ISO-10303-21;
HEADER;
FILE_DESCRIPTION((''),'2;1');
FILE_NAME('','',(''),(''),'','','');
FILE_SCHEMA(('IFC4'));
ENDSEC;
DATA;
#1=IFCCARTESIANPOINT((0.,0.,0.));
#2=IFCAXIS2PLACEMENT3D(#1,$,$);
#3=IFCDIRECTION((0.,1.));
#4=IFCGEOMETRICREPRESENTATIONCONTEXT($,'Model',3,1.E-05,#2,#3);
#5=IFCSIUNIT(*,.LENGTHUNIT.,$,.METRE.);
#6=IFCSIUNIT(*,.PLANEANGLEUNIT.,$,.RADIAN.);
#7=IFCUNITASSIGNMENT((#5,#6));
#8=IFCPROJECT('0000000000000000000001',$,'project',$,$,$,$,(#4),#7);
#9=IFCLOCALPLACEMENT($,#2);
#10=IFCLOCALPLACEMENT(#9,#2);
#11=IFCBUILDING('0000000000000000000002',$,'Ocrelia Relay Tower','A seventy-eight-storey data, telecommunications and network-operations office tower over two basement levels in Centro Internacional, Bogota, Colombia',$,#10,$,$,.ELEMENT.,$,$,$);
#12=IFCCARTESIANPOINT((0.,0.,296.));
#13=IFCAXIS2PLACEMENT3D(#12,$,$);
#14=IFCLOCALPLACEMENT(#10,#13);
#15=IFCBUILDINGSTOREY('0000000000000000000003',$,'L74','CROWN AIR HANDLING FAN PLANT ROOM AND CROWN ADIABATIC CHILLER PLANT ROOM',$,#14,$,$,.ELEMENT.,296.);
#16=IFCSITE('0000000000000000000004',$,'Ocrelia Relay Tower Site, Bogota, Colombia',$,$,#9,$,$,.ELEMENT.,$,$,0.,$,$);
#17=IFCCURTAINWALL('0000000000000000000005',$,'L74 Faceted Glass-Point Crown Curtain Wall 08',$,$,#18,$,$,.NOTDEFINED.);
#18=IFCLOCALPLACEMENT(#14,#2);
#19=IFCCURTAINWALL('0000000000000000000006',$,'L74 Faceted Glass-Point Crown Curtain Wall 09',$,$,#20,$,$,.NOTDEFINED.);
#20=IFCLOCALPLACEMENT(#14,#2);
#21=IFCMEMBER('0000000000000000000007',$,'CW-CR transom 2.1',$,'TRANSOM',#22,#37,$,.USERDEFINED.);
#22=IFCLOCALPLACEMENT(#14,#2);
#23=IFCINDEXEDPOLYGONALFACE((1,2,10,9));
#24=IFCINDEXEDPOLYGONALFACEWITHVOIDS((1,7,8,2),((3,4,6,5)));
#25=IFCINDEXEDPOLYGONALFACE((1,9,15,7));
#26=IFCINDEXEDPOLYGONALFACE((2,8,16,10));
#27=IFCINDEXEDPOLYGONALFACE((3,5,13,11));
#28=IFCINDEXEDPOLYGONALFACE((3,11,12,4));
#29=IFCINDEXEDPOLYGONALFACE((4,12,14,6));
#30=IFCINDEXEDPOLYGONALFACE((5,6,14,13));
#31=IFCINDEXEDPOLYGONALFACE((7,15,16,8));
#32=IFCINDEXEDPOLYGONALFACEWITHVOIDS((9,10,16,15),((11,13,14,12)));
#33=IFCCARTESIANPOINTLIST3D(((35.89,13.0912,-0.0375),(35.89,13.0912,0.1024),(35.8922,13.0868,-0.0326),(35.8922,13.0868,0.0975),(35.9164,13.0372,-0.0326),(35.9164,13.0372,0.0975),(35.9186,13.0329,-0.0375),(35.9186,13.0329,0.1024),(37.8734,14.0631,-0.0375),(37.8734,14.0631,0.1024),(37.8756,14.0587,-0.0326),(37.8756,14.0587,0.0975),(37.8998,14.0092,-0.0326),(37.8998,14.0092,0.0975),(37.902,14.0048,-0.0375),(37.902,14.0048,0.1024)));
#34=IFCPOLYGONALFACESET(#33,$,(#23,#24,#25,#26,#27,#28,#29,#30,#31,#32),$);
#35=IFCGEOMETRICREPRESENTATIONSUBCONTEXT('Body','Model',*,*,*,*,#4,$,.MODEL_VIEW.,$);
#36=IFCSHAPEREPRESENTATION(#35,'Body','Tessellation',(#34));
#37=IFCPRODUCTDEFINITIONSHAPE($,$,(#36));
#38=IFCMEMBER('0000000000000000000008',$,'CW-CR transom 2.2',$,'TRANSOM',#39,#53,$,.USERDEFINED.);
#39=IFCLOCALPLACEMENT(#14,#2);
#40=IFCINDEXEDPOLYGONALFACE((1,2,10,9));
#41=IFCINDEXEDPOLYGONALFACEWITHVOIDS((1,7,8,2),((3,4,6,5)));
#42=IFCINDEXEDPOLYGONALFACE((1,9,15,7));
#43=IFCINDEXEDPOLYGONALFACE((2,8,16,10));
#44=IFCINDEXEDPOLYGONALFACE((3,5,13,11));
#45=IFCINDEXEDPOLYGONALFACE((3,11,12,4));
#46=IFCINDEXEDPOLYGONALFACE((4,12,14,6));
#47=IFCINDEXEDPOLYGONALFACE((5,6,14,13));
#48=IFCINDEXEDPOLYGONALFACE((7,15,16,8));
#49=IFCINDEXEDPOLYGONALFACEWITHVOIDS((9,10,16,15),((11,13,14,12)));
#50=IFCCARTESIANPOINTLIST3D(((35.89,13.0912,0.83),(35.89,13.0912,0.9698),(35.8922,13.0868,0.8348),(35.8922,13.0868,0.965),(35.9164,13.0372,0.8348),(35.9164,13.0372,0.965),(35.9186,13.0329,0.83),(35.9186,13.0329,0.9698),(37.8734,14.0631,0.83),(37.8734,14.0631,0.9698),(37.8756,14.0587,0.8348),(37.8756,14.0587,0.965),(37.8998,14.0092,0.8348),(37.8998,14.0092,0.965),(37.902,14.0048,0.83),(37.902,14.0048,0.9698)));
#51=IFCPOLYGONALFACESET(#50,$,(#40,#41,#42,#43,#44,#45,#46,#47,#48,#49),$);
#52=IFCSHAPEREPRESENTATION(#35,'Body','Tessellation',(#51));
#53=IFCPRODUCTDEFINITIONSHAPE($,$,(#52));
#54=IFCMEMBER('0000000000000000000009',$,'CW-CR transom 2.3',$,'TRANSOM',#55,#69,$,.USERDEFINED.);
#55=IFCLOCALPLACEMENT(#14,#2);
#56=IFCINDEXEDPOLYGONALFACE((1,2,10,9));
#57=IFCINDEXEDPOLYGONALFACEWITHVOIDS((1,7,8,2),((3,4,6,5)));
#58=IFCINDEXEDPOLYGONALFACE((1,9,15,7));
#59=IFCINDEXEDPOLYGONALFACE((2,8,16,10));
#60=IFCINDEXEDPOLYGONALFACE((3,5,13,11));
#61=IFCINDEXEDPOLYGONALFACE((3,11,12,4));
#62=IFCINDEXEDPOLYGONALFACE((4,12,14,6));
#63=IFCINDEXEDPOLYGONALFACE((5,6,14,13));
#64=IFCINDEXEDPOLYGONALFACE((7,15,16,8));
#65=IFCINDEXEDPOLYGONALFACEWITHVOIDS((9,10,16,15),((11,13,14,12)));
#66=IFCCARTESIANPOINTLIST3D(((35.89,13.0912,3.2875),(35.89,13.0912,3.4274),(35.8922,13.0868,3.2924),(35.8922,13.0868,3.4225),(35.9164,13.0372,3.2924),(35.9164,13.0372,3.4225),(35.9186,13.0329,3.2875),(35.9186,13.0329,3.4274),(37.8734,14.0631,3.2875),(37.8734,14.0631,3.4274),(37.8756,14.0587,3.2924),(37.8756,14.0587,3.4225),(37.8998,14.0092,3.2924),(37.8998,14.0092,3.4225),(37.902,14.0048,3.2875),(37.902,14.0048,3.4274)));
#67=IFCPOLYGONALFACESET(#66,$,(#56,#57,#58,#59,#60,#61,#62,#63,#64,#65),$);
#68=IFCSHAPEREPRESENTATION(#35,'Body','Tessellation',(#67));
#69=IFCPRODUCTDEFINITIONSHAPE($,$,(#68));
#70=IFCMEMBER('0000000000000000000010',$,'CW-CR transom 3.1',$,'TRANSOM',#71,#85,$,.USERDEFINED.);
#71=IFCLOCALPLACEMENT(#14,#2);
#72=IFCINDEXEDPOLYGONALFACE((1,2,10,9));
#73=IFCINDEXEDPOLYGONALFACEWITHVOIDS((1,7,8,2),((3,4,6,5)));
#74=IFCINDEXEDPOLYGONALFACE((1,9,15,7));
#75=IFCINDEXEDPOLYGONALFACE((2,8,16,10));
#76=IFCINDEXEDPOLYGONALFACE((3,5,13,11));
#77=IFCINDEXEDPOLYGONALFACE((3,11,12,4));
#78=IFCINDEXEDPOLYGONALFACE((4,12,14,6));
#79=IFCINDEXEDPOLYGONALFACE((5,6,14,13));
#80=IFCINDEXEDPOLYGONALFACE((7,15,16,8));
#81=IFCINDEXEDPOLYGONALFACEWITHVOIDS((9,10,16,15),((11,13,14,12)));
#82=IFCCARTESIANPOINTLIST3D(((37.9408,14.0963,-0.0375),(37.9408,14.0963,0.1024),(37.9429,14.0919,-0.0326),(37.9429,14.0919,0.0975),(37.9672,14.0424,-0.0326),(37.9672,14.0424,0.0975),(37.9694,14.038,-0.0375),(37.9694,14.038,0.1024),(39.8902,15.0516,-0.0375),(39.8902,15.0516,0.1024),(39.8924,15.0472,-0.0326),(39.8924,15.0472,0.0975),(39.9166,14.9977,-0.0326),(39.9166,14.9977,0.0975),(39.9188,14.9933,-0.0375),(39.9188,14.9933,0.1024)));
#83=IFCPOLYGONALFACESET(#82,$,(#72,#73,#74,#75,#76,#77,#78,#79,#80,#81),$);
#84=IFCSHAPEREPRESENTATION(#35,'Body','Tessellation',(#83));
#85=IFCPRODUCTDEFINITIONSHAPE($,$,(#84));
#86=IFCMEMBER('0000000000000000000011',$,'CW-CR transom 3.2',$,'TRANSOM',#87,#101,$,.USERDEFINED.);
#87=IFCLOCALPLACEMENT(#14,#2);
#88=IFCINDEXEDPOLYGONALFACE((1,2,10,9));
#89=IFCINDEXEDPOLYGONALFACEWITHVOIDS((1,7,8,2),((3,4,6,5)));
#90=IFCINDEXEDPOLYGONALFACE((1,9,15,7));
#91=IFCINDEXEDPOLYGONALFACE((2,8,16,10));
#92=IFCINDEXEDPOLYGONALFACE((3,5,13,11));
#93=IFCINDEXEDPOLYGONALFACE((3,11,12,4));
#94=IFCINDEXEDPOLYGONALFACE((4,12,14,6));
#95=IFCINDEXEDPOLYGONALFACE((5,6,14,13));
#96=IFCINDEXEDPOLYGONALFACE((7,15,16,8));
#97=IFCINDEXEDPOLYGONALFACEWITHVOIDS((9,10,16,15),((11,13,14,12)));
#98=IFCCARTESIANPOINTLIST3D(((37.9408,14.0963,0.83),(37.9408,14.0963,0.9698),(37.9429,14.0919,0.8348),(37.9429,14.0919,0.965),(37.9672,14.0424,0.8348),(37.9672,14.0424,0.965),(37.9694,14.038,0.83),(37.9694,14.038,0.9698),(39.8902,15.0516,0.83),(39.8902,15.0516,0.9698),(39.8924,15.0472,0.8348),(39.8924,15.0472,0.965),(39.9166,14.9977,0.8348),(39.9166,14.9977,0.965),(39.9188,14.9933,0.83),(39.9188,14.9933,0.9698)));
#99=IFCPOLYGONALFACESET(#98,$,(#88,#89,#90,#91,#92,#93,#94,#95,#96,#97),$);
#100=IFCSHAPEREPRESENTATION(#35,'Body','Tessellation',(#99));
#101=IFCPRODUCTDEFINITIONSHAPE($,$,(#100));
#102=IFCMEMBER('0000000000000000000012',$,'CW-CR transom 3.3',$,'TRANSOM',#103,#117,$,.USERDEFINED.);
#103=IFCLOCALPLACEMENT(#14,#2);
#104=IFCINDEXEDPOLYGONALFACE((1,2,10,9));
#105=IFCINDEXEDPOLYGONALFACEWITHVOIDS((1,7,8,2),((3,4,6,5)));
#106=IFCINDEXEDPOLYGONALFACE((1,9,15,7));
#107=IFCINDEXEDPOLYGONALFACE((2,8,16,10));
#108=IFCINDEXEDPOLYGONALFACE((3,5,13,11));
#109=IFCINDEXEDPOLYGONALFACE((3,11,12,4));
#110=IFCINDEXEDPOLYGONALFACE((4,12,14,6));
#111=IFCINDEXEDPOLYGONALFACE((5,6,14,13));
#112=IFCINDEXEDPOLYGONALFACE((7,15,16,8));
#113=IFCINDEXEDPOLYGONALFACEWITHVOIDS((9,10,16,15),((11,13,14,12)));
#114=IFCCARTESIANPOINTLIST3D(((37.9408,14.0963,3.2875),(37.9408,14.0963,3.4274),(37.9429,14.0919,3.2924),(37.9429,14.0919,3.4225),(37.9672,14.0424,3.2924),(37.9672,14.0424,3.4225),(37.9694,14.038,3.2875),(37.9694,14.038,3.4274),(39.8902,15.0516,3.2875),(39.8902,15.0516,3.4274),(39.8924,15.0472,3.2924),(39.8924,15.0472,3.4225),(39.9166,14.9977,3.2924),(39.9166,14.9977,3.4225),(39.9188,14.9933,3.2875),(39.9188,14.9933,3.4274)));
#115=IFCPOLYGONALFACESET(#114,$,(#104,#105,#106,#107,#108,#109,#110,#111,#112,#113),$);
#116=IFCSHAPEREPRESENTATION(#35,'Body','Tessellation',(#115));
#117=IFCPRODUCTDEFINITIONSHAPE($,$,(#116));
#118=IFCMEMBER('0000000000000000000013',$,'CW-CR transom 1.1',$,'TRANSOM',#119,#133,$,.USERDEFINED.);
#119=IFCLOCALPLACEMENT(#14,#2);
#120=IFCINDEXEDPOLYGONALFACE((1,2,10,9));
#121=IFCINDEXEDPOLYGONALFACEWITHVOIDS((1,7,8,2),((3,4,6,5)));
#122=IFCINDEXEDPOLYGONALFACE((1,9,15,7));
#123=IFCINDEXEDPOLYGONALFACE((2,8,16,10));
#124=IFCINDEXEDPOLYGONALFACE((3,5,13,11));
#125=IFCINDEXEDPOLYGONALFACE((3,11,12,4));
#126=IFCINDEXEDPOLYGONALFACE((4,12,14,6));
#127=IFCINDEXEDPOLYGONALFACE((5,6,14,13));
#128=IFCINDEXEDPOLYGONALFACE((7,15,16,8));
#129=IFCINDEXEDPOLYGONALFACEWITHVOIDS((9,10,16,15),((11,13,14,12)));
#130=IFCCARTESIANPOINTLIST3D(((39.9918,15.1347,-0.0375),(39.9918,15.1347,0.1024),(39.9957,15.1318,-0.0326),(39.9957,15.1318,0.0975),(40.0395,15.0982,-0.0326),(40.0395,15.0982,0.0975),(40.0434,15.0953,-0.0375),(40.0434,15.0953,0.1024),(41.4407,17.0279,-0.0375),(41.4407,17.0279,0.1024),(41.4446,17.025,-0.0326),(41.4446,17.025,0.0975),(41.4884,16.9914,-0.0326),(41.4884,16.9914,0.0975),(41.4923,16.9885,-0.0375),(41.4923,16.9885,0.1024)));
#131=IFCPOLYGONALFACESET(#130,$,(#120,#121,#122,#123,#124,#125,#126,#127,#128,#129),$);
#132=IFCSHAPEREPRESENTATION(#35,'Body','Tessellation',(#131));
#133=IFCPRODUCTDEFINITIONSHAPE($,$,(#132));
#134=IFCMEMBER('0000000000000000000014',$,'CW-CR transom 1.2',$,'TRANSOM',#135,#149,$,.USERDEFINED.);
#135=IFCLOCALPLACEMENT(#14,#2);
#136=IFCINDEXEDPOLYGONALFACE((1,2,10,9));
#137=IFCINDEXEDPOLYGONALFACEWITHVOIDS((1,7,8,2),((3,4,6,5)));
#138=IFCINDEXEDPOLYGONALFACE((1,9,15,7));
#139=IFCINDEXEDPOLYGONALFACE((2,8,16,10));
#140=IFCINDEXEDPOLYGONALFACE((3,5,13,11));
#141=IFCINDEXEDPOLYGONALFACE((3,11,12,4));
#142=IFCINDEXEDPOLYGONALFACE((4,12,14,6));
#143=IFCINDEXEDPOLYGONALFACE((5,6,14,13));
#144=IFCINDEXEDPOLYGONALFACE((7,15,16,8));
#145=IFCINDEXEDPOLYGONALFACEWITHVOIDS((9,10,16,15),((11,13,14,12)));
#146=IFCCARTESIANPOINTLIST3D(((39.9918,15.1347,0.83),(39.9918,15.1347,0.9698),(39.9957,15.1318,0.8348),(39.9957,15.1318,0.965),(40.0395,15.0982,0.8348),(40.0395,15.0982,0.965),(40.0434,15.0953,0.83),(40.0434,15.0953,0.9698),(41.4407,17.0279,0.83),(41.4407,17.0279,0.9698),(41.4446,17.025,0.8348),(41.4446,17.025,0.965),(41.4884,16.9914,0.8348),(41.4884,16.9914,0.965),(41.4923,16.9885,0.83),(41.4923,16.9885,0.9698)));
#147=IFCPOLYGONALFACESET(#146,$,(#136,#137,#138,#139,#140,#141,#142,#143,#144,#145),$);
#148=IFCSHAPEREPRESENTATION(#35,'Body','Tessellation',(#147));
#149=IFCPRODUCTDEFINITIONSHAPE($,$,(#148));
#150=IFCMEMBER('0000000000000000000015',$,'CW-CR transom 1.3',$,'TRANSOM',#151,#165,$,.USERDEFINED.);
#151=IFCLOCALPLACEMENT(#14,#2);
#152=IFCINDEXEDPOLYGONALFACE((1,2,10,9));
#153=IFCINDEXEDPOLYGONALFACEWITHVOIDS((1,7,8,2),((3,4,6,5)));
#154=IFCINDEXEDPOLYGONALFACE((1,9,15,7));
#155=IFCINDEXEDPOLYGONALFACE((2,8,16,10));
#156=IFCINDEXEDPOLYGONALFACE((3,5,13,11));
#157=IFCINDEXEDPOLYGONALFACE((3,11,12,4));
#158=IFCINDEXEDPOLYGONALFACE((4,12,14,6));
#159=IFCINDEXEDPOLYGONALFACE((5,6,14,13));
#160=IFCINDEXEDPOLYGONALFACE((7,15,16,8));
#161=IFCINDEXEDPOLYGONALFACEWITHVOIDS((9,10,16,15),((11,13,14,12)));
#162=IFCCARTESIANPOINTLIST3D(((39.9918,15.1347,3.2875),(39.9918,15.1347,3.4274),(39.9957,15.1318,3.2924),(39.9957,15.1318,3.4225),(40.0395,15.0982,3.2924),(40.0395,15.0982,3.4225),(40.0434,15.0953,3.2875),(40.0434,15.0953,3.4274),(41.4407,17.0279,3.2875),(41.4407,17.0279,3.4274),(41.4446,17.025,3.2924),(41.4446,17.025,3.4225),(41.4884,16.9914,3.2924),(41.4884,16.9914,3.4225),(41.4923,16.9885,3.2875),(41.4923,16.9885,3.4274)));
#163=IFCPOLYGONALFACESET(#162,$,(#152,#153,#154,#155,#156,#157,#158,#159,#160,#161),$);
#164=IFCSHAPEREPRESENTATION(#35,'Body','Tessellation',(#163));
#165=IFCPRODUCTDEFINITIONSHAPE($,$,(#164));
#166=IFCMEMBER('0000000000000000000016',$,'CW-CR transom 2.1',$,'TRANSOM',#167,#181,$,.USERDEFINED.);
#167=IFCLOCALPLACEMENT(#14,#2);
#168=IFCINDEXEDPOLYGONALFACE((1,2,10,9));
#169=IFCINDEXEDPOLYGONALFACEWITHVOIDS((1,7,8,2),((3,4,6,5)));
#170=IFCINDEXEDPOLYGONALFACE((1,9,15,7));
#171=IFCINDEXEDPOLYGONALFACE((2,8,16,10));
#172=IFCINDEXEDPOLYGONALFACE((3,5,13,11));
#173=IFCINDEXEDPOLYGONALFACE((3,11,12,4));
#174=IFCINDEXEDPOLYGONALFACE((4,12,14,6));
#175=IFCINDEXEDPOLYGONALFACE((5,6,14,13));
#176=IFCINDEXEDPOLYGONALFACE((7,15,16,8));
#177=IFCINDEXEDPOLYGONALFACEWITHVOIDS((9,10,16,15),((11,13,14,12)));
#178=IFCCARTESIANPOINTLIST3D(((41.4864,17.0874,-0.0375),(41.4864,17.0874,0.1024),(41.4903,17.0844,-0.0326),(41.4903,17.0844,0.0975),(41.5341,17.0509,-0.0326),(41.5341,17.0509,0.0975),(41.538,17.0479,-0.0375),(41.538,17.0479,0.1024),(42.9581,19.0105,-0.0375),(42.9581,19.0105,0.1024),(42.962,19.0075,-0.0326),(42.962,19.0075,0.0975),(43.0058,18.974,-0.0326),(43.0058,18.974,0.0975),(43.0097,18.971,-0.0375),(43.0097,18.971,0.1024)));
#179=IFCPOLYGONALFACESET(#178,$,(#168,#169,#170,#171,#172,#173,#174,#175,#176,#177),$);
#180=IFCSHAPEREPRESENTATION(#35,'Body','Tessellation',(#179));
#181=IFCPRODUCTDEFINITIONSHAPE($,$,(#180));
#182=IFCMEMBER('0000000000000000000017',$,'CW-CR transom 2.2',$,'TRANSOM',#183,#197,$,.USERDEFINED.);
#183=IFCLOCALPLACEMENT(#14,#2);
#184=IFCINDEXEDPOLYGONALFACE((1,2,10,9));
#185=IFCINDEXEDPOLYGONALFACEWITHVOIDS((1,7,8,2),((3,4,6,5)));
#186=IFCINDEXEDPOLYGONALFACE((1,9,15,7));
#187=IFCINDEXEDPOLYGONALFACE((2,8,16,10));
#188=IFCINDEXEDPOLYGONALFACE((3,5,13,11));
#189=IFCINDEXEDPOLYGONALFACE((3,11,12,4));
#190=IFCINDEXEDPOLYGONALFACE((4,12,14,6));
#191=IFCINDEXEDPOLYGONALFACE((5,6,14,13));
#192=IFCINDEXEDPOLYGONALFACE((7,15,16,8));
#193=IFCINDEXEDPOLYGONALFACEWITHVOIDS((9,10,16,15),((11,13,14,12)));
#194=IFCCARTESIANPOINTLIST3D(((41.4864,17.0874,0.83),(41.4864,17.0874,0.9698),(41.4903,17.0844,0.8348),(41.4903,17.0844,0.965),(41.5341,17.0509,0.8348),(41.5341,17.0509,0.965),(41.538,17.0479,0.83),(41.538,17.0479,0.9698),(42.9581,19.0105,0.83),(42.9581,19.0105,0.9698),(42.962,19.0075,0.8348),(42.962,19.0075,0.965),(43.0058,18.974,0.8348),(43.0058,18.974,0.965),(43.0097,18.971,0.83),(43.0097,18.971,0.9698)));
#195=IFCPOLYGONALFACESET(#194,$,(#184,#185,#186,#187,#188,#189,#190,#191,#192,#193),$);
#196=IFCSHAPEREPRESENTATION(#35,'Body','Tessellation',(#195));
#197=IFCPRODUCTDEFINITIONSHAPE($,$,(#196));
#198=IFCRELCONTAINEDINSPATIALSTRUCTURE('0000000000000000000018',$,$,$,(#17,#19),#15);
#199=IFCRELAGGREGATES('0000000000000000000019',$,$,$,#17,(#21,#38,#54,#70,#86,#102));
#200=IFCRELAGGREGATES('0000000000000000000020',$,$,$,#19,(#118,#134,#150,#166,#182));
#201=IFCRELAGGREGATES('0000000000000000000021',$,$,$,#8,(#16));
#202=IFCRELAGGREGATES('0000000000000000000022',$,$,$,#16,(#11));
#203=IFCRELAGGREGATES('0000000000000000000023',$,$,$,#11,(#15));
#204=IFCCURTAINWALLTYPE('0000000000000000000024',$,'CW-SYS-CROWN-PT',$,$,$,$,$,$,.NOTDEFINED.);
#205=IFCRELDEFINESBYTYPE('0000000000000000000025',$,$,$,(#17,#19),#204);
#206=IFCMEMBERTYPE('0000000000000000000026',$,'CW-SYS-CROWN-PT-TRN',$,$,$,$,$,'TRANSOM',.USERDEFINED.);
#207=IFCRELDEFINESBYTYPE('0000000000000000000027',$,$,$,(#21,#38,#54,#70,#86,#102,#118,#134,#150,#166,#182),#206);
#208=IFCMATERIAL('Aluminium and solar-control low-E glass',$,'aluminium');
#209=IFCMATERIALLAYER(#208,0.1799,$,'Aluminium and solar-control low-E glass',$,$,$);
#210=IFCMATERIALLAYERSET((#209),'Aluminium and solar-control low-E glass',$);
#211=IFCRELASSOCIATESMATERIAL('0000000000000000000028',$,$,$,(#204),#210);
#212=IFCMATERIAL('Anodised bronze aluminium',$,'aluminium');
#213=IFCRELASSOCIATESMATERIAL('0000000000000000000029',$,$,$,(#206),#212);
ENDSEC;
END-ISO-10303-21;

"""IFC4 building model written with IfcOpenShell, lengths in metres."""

from ifc_helpers import new_model, si_unit, direction, frame, origin, origin_2d, place, context, subcontext, project, spatial, hollow_rectangle, extrude, material, layer, layer_set, material_profile, profile_set, type_object, element, aggregate, save


model = new_model("IFC4")

# Units and contexts
model_context = context("Model", 3, precision=1e-05, world=origin(), true_north=direction((0.0, 1.0)))
body_context = subcontext(model_context, "Body", "Model", "MODEL_VIEW")
ifc_project = project(units=[si_unit("LENGTHUNIT", "METRE"), si_unit("PLANEANGLEUNIT", "RADIAN")], contexts=[model_context])

# Site, building, storey
site_placement = place(None, origin())
site = spatial("IfcSite", under=ifc_project, at=site_placement, Name="Ocrelia Relay Tower Site, Bogota, Colombia", CompositionType="ELEMENT", RefElevation=0.0)
building_placement = place(site_placement, origin())
building = spatial("IfcBuilding", under=site, at=building_placement, Name="Ocrelia Relay Tower", Description="A seventy-eight-storey data, telecommunications and network-operations office tower over two basement levels in Centro Internacional, Bogota, Colombia", CompositionType="ELEMENT")
storey_placement = place(building_placement, frame((0.0, 0.0, 296.0)))
storey = spatial("IfcBuildingStorey", under=building, at=storey_placement, Name="L74", Description="CROWN AIR HANDLING FAN PLANT ROOM AND CROWN ADIABATIC CHILLER PLANT ROOM", CompositionType="ELEMENT", Elevation=296.0)

# Curtain walls
ifc_material_1 = material(Name="Aluminium and solar-control low-E glass", Category="aluminium")
ifc_layer_1 = layer(ifc_material_1, 0.1799, Name="Aluminium and solar-control low-E glass")
ifc_layer_set_1 = layer_set([ifc_layer_1], Name="Aluminium and solar-control low-E glass")
curtain_wall_type = type_object("IfcCurtainWallType", Name="CW-SYS-CROWN-PT", PredefinedType="NOTDEFINED", material=ifc_layer_set_1)
curtain_wall_1_placement = place(storey_placement, origin())
curtain_wall_1 = element("IfcCurtainWall", 1, at=curtain_wall_1_placement, inside=storey, type_object=curtain_wall_type, Name="L74 Faceted Glass-Point Crown Curtain Wall 08", PredefinedType="NOTDEFINED")
ifc_material_2 = material(Name="Anodised bronze aluminium", Category="aluminium")
curtain_wall_2_placement = place(storey_placement, origin())
curtain_wall_2 = element("IfcCurtainWall", 2, at=curtain_wall_2_placement, inside=storey, type_object=curtain_wall_type, Name="L74 Faceted Glass-Point Crown Curtain Wall 09", PredefinedType="NOTDEFINED")

# Members
ifc_material_profile_1 = material_profile(ifc_material_2, hollow_rectangle(XDim=0.0649, YDim=0.1399, WallThickness=0.0049, at=origin_2d()), Name="CW-TRN-140x65")
ifc_profile_set_1 = profile_set([ifc_material_profile_1], Name="Anodised bronze aluminium")
member_type_1 = type_object("IfcMemberType", Name="CW-SYS-CROWN-PT-TRN", ElementType="TRANSOM", PredefinedType="USERDEFINED", material=ifc_profile_set_1)
member_1_placement = place(storey_placement, frame((35.9043, 13.062, 0.0325), z_axis=(0.89798, 0.440037, 0.0), x_axis=(-0.440037, 0.89798, 0.0)))
member_1 = element("IfcMember", 3, at=member_1_placement, type_object=member_type_1, Name="CW-CR transom 2.1", ObjectType="TRANSOM", PredefinedType="USERDEFINED", context=body_context, shape_type="SweptSolid", body=[
    extrude(hollow_rectangle(XDim=0.0649, YDim=0.1399, WallThickness=0.0049, at=origin_2d()), origin(), (0.0, 0.0, 1.0), 2.2087),
])
member_2_placement = place(storey_placement, frame((35.9043, 13.062, 0.8999), z_axis=(0.89798, 0.440037, 0.0), x_axis=(-0.440037, 0.89798, 0.0)))
member_2 = element("IfcMember", 4, at=member_2_placement, type_object=member_type_1, Name="CW-CR transom 2.2", ObjectType="TRANSOM", PredefinedType="USERDEFINED", context=body_context, shape_type="SweptSolid", body=[
    extrude(hollow_rectangle(XDim=0.0649, YDim=0.1399, WallThickness=0.0049, at=origin_2d()), origin(), (0.0, 0.0, 1.0), 2.2087),
])
member_3_placement = place(storey_placement, frame((35.9043, 13.062, 3.3574), z_axis=(0.89798, 0.440037, 0.0), x_axis=(-0.440037, 0.89798, 0.0)))
member_3 = element("IfcMember", 5, at=member_3_placement, type_object=member_type_1, Name="CW-CR transom 2.3", ObjectType="TRANSOM", PredefinedType="USERDEFINED", context=body_context, shape_type="SweptSolid", body=[
    extrude(hollow_rectangle(XDim=0.0649, YDim=0.1399, WallThickness=0.0049, at=origin_2d()), origin(), (0.0, 0.0, 1.0), 2.2087),
])
member_4_placement = place(storey_placement, frame((37.9551, 14.0671, 0.0325), z_axis=(0.897975, 0.440047, 0.0), x_axis=(-0.440047, 0.897975, 0.0)))
member_4 = element("IfcMember", 6, at=member_4_placement, type_object=member_type_1, Name="CW-CR transom 3.1", ObjectType="TRANSOM", PredefinedType="USERDEFINED", context=body_context, shape_type="SweptSolid", body=[
    extrude(hollow_rectangle(XDim=0.0649, YDim=0.1399, WallThickness=0.0049, at=origin_2d()), origin(), (0.0, 0.0, 1.0), 2.1709),
])
member_5_placement = place(storey_placement, frame((37.9551, 14.0671, 0.8999), z_axis=(0.897975, 0.440047, 0.0), x_axis=(-0.440047, 0.897975, 0.0)))
member_5 = element("IfcMember", 7, at=member_5_placement, type_object=member_type_1, Name="CW-CR transom 3.2", ObjectType="TRANSOM", PredefinedType="USERDEFINED", context=body_context, shape_type="SweptSolid", body=[
    extrude(hollow_rectangle(XDim=0.0649, YDim=0.1399, WallThickness=0.0049, at=origin_2d()), origin(), (0.0, 0.0, 1.0), 2.1709),
])
member_6_placement = place(storey_placement, frame((37.9551, 14.0671, 3.3574), z_axis=(0.897975, 0.440047, 0.0), x_axis=(-0.440047, 0.897975, 0.0)))
member_6 = element("IfcMember", 8, at=member_6_placement, type_object=member_type_1, Name="CW-CR transom 3.3", ObjectType="TRANSOM", PredefinedType="USERDEFINED", context=body_context, shape_type="SweptSolid", body=[
    extrude(hollow_rectangle(XDim=0.0649, YDim=0.1399, WallThickness=0.0049, at=origin_2d()), origin(), (0.0, 0.0, 1.0), 2.1709),
])
member_7_placement = place(storey_placement, frame((40.0176, 15.115, 0.0325), z_axis=(0.607754, 0.794125, 0.0), x_axis=(-0.794125, 0.607754, 0.0)))
member_7 = element("IfcMember", 9, at=member_7_placement, type_object=member_type_1, Name="CW-CR transom 1.1", ObjectType="TRANSOM", PredefinedType="USERDEFINED", context=body_context, shape_type="SweptSolid", body=[
    extrude(hollow_rectangle(XDim=0.0649, YDim=0.1399, WallThickness=0.0049, at=origin_2d()), origin(), (0.0, 0.0, 1.0), 2.384),
])
member_8_placement = place(storey_placement, frame((40.0176, 15.115, 0.8999), z_axis=(0.607754, 0.794125, 0.0), x_axis=(-0.794125, 0.607754, 0.0)))
member_8 = element("IfcMember", 10, at=member_8_placement, type_object=member_type_1, Name="CW-CR transom 1.2", ObjectType="TRANSOM", PredefinedType="USERDEFINED", context=body_context, shape_type="SweptSolid", body=[
    extrude(hollow_rectangle(XDim=0.0649, YDim=0.1399, WallThickness=0.0049, at=origin_2d()), origin(), (0.0, 0.0, 1.0), 2.384),
])
member_9_placement = place(storey_placement, frame((40.0176, 15.115, 3.3574), z_axis=(0.607754, 0.794125, 0.0), x_axis=(-0.794125, 0.607754, 0.0)))
member_9 = element("IfcMember", 11, at=member_9_placement, type_object=member_type_1, Name="CW-CR transom 1.3", ObjectType="TRANSOM", PredefinedType="USERDEFINED", context=body_context, shape_type="SweptSolid", body=[
    extrude(hollow_rectangle(XDim=0.0649, YDim=0.1399, WallThickness=0.0049, at=origin_2d()), origin(), (0.0, 0.0, 1.0), 2.384),
])
member_10_placement = place(storey_placement, frame((41.5122, 17.0676, 0.0325), z_axis=(0.607731, 0.794143, 0.0), x_axis=(-0.794143, 0.607731, 0.0)))
member_10 = element("IfcMember", 12, at=member_10_placement, type_object=member_type_1, Name="CW-CR transom 2.1", ObjectType="TRANSOM", PredefinedType="USERDEFINED", context=body_context, shape_type="SweptSolid", body=[
    extrude(hollow_rectangle(XDim=0.0649, YDim=0.1399, WallThickness=0.0049, at=origin_2d()), origin(), (0.0, 0.0, 1.0), 2.4216),
])
member_11_placement = place(storey_placement, frame((41.5122, 17.0676, 0.8999), z_axis=(0.607731, 0.794143, 0.0), x_axis=(-0.794143, 0.607731, 0.0)))
member_11 = element("IfcMember", 13, at=member_11_placement, type_object=member_type_1, Name="CW-CR transom 2.2", ObjectType="TRANSOM", PredefinedType="USERDEFINED", context=body_context, shape_type="SweptSolid", body=[
    extrude(hollow_rectangle(XDim=0.0649, YDim=0.1399, WallThickness=0.0049, at=origin_2d()), origin(), (0.0, 0.0, 1.0), 2.4216),
])

aggregate(curtain_wall_1, [member_1, member_2, member_3, member_4, member_5, member_6])
aggregate(curtain_wall_2, [member_7, member_8, member_9, member_10, member_11])

save(model, "model.ifc")
